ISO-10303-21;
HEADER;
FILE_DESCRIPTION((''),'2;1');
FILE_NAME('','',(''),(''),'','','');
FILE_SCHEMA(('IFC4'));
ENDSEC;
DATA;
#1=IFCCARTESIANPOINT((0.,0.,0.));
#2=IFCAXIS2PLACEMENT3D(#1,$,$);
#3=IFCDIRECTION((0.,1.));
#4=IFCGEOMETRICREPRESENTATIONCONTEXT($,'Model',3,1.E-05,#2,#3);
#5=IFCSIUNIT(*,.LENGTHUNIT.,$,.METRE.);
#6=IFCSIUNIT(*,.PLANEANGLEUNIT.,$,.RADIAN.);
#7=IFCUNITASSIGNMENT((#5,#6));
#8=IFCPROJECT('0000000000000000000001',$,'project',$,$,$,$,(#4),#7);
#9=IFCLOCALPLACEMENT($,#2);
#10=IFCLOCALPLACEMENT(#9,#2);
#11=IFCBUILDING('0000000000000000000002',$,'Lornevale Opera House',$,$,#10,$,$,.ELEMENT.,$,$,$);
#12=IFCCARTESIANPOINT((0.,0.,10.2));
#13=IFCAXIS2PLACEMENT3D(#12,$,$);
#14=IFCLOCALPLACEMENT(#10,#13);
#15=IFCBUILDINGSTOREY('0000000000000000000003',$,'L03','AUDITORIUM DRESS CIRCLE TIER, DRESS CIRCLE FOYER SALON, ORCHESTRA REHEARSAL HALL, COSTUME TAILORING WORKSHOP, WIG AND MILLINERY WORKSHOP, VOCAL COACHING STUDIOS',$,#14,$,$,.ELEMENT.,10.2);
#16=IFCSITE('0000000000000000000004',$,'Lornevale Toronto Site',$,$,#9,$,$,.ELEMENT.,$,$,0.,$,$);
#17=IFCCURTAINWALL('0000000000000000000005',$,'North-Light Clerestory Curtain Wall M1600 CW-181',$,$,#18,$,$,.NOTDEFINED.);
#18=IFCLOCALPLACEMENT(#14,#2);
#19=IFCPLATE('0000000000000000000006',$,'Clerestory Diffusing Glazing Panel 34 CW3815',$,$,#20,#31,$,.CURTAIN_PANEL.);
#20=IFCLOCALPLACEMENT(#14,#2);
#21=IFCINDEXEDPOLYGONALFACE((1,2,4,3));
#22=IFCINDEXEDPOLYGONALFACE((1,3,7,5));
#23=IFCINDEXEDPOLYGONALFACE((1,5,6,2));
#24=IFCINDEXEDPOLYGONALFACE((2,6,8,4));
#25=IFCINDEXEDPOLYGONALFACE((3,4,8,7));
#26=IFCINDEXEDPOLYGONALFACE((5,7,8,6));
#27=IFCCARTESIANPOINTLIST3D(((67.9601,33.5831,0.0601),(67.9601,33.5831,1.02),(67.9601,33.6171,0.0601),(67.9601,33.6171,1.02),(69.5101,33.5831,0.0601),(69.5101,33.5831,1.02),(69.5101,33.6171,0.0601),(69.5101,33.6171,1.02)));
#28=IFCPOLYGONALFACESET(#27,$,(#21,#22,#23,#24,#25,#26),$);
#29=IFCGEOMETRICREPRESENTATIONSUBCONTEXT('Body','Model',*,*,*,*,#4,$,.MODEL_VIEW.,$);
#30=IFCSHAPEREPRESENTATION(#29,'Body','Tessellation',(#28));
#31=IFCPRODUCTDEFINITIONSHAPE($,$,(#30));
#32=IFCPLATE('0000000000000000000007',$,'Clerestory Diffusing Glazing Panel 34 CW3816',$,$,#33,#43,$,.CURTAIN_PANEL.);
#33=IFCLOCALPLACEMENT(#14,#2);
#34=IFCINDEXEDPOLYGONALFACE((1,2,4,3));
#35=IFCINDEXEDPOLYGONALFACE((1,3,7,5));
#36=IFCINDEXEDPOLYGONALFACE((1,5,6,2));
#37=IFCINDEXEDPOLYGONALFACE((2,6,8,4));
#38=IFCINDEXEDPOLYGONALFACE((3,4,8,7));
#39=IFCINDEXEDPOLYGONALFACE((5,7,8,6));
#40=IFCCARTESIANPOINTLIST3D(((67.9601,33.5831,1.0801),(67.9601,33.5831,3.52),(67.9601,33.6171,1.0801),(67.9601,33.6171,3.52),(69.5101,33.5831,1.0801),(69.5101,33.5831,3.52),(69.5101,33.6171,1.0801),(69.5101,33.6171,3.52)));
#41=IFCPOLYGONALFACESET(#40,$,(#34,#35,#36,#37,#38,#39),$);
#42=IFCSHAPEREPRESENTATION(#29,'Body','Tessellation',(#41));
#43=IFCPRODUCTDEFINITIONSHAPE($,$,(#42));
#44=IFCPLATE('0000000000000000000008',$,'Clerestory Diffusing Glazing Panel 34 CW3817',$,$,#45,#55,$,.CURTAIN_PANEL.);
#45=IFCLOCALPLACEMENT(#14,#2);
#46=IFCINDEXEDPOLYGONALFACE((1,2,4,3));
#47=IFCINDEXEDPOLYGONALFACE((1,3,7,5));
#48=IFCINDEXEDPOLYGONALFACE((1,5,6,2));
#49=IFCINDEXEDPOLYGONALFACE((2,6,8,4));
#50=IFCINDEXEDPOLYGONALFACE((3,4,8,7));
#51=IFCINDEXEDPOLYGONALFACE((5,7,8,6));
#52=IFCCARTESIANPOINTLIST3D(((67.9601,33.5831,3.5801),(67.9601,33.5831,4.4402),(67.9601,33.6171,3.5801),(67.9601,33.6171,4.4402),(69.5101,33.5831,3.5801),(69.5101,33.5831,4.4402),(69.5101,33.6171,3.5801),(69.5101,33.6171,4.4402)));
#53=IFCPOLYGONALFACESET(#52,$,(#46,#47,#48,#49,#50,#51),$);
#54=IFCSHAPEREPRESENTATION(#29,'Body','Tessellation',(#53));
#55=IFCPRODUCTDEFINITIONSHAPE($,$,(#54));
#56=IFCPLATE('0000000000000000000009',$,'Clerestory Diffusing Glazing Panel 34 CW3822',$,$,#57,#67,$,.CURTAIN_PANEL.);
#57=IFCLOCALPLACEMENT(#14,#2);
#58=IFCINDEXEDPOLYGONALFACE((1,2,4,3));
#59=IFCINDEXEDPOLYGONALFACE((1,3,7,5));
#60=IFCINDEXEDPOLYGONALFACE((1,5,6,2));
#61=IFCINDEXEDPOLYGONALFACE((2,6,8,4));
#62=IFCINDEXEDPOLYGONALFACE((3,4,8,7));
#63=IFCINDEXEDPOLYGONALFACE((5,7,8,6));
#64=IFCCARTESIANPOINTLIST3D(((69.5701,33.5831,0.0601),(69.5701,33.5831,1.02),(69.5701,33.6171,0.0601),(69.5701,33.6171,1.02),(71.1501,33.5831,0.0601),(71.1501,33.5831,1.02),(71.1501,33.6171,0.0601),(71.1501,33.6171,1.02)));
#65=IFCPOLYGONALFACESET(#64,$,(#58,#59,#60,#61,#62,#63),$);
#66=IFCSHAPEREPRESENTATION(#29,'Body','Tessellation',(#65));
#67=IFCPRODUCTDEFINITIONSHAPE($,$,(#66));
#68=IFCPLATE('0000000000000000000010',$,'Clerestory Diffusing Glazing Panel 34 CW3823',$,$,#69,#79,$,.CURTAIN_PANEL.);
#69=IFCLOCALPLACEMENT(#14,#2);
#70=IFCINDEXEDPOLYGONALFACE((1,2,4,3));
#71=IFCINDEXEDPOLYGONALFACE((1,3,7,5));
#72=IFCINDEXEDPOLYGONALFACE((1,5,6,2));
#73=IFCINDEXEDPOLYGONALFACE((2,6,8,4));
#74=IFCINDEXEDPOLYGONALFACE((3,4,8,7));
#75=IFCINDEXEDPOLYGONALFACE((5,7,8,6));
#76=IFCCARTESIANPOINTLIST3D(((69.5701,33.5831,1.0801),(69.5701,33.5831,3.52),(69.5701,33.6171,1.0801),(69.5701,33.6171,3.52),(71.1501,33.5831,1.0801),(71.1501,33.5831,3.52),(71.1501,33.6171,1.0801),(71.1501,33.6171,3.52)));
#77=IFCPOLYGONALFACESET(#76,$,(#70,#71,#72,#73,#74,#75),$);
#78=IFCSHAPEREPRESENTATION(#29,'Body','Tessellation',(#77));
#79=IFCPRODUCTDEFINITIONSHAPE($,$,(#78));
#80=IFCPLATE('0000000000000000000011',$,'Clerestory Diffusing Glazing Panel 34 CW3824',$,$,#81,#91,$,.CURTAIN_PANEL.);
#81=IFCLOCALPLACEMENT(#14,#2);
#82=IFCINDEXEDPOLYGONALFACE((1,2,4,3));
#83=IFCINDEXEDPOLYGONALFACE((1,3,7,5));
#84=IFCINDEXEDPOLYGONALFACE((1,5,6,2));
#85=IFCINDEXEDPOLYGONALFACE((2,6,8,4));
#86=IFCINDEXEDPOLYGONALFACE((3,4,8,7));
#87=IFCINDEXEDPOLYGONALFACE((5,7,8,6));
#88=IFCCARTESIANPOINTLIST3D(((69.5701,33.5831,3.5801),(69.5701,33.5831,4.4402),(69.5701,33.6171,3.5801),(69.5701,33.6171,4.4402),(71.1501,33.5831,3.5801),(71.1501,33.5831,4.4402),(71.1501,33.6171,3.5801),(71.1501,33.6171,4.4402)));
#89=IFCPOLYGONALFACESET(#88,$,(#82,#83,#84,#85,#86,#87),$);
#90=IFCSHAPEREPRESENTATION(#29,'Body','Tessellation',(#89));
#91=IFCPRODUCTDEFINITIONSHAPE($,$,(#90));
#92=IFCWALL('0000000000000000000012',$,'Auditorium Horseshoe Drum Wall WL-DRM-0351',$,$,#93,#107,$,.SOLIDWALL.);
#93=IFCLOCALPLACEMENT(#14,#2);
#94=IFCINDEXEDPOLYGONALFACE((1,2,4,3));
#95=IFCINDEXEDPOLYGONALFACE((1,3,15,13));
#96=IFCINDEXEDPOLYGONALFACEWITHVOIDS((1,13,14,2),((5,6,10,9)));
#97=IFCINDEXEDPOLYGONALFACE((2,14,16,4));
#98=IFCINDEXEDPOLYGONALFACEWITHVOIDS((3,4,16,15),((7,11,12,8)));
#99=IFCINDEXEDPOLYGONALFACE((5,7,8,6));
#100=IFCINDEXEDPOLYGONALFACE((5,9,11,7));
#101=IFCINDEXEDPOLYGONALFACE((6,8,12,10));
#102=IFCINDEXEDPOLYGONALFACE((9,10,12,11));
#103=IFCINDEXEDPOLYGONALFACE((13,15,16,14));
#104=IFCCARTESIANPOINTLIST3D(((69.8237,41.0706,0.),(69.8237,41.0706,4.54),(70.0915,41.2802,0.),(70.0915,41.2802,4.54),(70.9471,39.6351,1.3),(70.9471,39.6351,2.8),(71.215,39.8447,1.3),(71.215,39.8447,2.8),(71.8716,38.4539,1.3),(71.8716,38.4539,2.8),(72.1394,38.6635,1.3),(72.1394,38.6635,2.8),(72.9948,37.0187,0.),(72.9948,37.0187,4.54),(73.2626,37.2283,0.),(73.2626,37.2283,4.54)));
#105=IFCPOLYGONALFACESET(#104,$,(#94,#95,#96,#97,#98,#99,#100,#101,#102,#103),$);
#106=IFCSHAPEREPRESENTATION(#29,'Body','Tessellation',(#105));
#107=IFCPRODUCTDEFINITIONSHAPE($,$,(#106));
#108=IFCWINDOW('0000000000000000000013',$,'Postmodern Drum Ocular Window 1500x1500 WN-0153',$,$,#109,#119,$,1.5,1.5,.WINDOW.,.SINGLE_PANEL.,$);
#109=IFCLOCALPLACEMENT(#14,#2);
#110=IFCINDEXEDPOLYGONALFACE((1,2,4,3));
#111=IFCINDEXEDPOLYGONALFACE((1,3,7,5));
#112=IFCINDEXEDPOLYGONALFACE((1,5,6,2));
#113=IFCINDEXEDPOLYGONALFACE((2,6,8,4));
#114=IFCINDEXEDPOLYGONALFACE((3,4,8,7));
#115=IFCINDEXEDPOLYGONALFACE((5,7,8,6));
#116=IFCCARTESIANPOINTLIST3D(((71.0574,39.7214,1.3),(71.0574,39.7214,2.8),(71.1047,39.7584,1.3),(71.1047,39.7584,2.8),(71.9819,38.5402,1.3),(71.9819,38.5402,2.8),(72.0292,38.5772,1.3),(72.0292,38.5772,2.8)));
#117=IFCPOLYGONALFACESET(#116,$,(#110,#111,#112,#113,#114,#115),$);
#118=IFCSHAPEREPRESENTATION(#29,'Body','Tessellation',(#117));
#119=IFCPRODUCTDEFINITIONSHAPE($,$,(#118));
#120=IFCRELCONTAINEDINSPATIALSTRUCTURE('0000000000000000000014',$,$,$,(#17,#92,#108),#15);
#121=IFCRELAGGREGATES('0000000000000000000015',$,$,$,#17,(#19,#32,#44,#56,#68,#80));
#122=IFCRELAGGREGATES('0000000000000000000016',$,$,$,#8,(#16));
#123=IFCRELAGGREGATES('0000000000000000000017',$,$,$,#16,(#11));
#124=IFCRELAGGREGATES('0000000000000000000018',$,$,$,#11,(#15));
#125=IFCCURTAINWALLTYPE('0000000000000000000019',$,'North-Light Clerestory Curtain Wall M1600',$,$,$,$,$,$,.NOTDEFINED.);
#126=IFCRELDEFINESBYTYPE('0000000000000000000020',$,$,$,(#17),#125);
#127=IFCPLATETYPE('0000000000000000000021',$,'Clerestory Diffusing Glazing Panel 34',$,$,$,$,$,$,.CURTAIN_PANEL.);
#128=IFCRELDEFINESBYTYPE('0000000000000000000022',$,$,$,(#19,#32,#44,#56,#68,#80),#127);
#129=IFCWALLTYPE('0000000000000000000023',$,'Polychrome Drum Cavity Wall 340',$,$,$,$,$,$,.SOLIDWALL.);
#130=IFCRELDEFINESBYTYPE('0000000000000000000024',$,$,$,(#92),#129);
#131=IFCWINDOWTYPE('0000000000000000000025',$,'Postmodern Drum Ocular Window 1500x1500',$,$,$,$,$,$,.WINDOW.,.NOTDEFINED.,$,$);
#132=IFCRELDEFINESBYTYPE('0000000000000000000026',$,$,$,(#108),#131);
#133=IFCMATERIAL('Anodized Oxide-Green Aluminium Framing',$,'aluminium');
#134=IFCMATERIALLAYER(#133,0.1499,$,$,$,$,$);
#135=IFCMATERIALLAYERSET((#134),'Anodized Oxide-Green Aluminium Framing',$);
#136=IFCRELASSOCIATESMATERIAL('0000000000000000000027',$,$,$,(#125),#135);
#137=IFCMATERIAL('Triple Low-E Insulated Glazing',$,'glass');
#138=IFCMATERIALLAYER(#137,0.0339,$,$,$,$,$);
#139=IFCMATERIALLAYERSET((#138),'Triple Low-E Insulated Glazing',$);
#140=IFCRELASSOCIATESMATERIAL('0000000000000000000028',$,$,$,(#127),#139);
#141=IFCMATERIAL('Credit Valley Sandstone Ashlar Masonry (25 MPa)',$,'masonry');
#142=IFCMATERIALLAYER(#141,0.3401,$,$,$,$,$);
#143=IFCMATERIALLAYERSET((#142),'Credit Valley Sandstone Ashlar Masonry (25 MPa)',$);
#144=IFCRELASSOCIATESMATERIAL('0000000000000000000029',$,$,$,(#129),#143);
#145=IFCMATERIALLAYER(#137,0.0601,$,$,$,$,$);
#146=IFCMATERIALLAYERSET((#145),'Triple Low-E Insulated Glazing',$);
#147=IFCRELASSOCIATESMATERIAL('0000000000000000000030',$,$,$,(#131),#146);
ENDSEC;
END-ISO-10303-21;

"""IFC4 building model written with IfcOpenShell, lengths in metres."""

from ifc_helpers import new_model, si_unit, direction, frame, frame_2d, origin, origin_2d, place, context, subcontext, project, spatial, rectangle, extrude, material, layer, layer_set, type_object, element, fill, aggregate, save


model = new_model("IFC4")

# Units and contexts
model_context = context("Model", 3, precision=1e-05, world=origin(), true_north=direction((0.0, 1.0)))
body_context = subcontext(model_context, "Body", "Model", "MODEL_VIEW")
ifc_project = project(units=[si_unit("LENGTHUNIT", "METRE"), si_unit("PLANEANGLEUNIT", "RADIAN")], contexts=[model_context])

# Site, building, storey
site_placement = place(None, origin())
site = spatial("IfcSite", under=ifc_project, at=site_placement, Name="Lornevale Toronto Site", CompositionType="ELEMENT", RefElevation=0.0)
building_placement = place(site_placement, origin())
building = spatial("IfcBuilding", under=site, at=building_placement, Name="Lornevale Opera House", CompositionType="ELEMENT")
storey_placement = place(building_placement, frame((0.0, 0.0, 10.2)))
storey = spatial("IfcBuildingStorey", under=building, at=storey_placement, Name="L03", Description="AUDITORIUM DRESS CIRCLE TIER, DRESS CIRCLE FOYER SALON, ORCHESTRA REHEARSAL HALL, COSTUME TAILORING WORKSHOP, WIG AND MILLINERY WORKSHOP, VOCAL COACHING STUDIOS", CompositionType="ELEMENT", Elevation=10.2)

# Curtain wall, plates
ifc_material_1 = material(Name="Anodized Oxide-Green Aluminium Framing", Category="aluminium")
ifc_layer_1 = layer(ifc_material_1, 0.1499)
ifc_layer_set_1 = layer_set([ifc_layer_1], Name="Anodized Oxide-Green Aluminium Framing")
curtain_wall_type = type_object("IfcCurtainWallType", Name="North-Light Clerestory Curtain Wall M1600", PredefinedType="NOTDEFINED", material=ifc_layer_set_1)
curtain_wall_placement = place(storey_placement, origin())
curtain_wall = element("IfcCurtainWall", 1, at=curtain_wall_placement, inside=storey, type_object=curtain_wall_type, Name="North-Light Clerestory Curtain Wall M1600 CW-181", PredefinedType="NOTDEFINED")
ifc_material_2 = material(Name="Triple Low-E Insulated Glazing", Category="glass")
ifc_layer_2 = layer(ifc_material_2, 0.0339)
ifc_layer_set_2 = layer_set([ifc_layer_2], Name="Triple Low-E Insulated Glazing")
plate_type = type_object("IfcPlateType", Name="Clerestory Diffusing Glazing Panel 34", PredefinedType="CURTAIN_PANEL", material=ifc_layer_set_2)
plate_1_placement = place(storey_placement, frame((68.7351, 33.6001, 0.0601), z_axis=(0.0, 0.0, 1.0), x_axis=(1.0, 0.0, 0.0)))
plate_1 = element("IfcPlate", 2, at=plate_1_placement, type_object=plate_type, Name="Clerestory Diffusing Glazing Panel 34 CW3815", PredefinedType="CURTAIN_PANEL", context=body_context, shape_type="SweptSolid", body=[
    extrude(rectangle(XDim=1.55, YDim=0.0339, at=origin_2d()), origin(), (0.0, 0.0, 1.0), 0.96),
])
plate_2_placement = place(storey_placement, frame((68.7351, 33.6001, 1.0801), z_axis=(0.0, 0.0, 1.0), x_axis=(1.0, 0.0, 0.0)))
plate_2 = element("IfcPlate", 3, at=plate_2_placement, type_object=plate_type, Name="Clerestory Diffusing Glazing Panel 34 CW3816", PredefinedType="CURTAIN_PANEL", context=body_context, shape_type="SweptSolid", body=[
    extrude(rectangle(XDim=1.55, YDim=0.0339, at=origin_2d()), origin(), (0.0, 0.0, 1.0), 2.4399),
])
plate_3_placement = place(storey_placement, frame((68.7351, 33.6001, 3.5801), z_axis=(0.0, 0.0, 1.0), x_axis=(1.0, 0.0, 0.0)))
plate_3 = element("IfcPlate", 4, at=plate_3_placement, type_object=plate_type, Name="Clerestory Diffusing Glazing Panel 34 CW3817", PredefinedType="CURTAIN_PANEL", context=body_context, shape_type="SweptSolid", body=[
    extrude(rectangle(XDim=1.55, YDim=0.0339, at=origin_2d()), origin(), (0.0, 0.0, 1.0), 0.8601),
])
plate_4_placement = place(storey_placement, frame((70.3601, 33.6001, 0.0601), z_axis=(0.0, 0.0, 1.0), x_axis=(1.0, 0.0, 0.0)))
plate_4 = element("IfcPlate", 5, at=plate_4_placement, type_object=plate_type, Name="Clerestory Diffusing Glazing Panel 34 CW3822", PredefinedType="CURTAIN_PANEL", context=body_context, shape_type="SweptSolid", body=[
    extrude(rectangle(XDim=1.5801, YDim=0.0339, at=origin_2d()), origin(), (0.0, 0.0, 1.0), 0.96),
])
plate_5_placement = place(storey_placement, frame((70.3601, 33.6001, 1.0801), z_axis=(0.0, 0.0, 1.0), x_axis=(1.0, 0.0, 0.0)))
plate_5 = element("IfcPlate", 6, at=plate_5_placement, type_object=plate_type, Name="Clerestory Diffusing Glazing Panel 34 CW3823", PredefinedType="CURTAIN_PANEL", context=body_context, shape_type="SweptSolid", body=[
    extrude(rectangle(XDim=1.5801, YDim=0.0339, at=origin_2d()), origin(), (0.0, 0.0, 1.0), 2.4399),
])
plate_6_placement = place(storey_placement, frame((70.3601, 33.6001, 3.5801), z_axis=(0.0, 0.0, 1.0), x_axis=(1.0, 0.0, 0.0)))
plate_6 = element("IfcPlate", 7, at=plate_6_placement, type_object=plate_type, Name="Clerestory Diffusing Glazing Panel 34 CW3824", PredefinedType="CURTAIN_PANEL", context=body_context, shape_type="SweptSolid", body=[
    extrude(rectangle(XDim=1.5801, YDim=0.0339, at=origin_2d()), origin(), (0.0, 0.0, 1.0), 0.8601),
])
aggregate(curtain_wall, [plate_1, plate_2, plate_3, plate_4, plate_5, plate_6])

# Wall, opening, window
ifc_material_3 = material(Name="Credit Valley Sandstone Ashlar Masonry (25 MPa)", Category="masonry")
ifc_layer_3 = layer(ifc_material_3, 0.3401)
ifc_layer_set_3 = layer_set([ifc_layer_3], Name="Credit Valley Sandstone Ashlar Masonry (25 MPa)")
wall_type = type_object("IfcWallType", Name="Polychrome Drum Cavity Wall 340", PredefinedType="SOLIDWALL", material=ifc_layer_set_3)
wall_placement = place(storey_placement, frame((69.9575, 41.1755, 0.0), z_axis=(0.0, 0.0, 1.0), x_axis=(0.61631, -0.787504, 0.0)))
wall = element("IfcWall", 8, at=wall_placement, inside=storey, type_object=wall_type, Name="Auditorium Horseshoe Drum Wall WL-DRM-0351", PredefinedType="SOLIDWALL", context=body_context, shape_type="SweptSolid", body=[
    extrude(rectangle(XDim=5.1453, YDim=0.3401, at=frame_2d((2.5728, 0.0))), origin(), (0.0, 0.0, 1.0), 4.54),
])
opening_placement = place(wall_placement, frame((1.823, 0.0, 1.3)))
opening = element("IfcOpeningElement", 9, at=opening_placement, cuts=wall, PredefinedType="OPENING", context=body_context, shape_type="SweptSolid", body=[
    extrude(rectangle(XDim=1.5, YDim=1.5, at=frame_2d((0.75, 0.75))), frame((0.0, 0.1799, 0.0), z_axis=(0.0, -1.0, 0.0), x_axis=(1.0, 0.0, 0.0)), (0.0, 0.0, 1.0), 0.3601),
])
ifc_layer_4 = layer(ifc_material_2, 0.0601)
ifc_layer_set_4 = layer_set([ifc_layer_4], Name="Triple Low-E Insulated Glazing")
window_type = type_object("IfcWindowType", Name="Postmodern Drum Ocular Window 1500x1500", PartitioningType="NOTDEFINED", PredefinedType="WINDOW", material=ifc_layer_set_4)
window_placement = place(opening_placement, origin())
window = element("IfcWindow", 10, at=window_placement, inside=storey, type_object=window_type, Name="Postmodern Drum Ocular Window 1500x1500 WN-0153", OverallHeight=1.5, OverallWidth=1.5, PartitioningType="SINGLE_PANEL", PredefinedType="WINDOW", context=body_context, shape_type="SweptSolid", body=[
    extrude(rectangle(XDim=1.5, YDim=1.5, at=frame_2d((0.75, 0.75))), frame((0.0, 0.03, 0.0), z_axis=(0.0, -1.0, 0.0), x_axis=(1.0, 0.0, 0.0)), (0.0, 0.0, 1.0), 0.0601),
])
fill(opening, window)

save(model, "model.ifc")
